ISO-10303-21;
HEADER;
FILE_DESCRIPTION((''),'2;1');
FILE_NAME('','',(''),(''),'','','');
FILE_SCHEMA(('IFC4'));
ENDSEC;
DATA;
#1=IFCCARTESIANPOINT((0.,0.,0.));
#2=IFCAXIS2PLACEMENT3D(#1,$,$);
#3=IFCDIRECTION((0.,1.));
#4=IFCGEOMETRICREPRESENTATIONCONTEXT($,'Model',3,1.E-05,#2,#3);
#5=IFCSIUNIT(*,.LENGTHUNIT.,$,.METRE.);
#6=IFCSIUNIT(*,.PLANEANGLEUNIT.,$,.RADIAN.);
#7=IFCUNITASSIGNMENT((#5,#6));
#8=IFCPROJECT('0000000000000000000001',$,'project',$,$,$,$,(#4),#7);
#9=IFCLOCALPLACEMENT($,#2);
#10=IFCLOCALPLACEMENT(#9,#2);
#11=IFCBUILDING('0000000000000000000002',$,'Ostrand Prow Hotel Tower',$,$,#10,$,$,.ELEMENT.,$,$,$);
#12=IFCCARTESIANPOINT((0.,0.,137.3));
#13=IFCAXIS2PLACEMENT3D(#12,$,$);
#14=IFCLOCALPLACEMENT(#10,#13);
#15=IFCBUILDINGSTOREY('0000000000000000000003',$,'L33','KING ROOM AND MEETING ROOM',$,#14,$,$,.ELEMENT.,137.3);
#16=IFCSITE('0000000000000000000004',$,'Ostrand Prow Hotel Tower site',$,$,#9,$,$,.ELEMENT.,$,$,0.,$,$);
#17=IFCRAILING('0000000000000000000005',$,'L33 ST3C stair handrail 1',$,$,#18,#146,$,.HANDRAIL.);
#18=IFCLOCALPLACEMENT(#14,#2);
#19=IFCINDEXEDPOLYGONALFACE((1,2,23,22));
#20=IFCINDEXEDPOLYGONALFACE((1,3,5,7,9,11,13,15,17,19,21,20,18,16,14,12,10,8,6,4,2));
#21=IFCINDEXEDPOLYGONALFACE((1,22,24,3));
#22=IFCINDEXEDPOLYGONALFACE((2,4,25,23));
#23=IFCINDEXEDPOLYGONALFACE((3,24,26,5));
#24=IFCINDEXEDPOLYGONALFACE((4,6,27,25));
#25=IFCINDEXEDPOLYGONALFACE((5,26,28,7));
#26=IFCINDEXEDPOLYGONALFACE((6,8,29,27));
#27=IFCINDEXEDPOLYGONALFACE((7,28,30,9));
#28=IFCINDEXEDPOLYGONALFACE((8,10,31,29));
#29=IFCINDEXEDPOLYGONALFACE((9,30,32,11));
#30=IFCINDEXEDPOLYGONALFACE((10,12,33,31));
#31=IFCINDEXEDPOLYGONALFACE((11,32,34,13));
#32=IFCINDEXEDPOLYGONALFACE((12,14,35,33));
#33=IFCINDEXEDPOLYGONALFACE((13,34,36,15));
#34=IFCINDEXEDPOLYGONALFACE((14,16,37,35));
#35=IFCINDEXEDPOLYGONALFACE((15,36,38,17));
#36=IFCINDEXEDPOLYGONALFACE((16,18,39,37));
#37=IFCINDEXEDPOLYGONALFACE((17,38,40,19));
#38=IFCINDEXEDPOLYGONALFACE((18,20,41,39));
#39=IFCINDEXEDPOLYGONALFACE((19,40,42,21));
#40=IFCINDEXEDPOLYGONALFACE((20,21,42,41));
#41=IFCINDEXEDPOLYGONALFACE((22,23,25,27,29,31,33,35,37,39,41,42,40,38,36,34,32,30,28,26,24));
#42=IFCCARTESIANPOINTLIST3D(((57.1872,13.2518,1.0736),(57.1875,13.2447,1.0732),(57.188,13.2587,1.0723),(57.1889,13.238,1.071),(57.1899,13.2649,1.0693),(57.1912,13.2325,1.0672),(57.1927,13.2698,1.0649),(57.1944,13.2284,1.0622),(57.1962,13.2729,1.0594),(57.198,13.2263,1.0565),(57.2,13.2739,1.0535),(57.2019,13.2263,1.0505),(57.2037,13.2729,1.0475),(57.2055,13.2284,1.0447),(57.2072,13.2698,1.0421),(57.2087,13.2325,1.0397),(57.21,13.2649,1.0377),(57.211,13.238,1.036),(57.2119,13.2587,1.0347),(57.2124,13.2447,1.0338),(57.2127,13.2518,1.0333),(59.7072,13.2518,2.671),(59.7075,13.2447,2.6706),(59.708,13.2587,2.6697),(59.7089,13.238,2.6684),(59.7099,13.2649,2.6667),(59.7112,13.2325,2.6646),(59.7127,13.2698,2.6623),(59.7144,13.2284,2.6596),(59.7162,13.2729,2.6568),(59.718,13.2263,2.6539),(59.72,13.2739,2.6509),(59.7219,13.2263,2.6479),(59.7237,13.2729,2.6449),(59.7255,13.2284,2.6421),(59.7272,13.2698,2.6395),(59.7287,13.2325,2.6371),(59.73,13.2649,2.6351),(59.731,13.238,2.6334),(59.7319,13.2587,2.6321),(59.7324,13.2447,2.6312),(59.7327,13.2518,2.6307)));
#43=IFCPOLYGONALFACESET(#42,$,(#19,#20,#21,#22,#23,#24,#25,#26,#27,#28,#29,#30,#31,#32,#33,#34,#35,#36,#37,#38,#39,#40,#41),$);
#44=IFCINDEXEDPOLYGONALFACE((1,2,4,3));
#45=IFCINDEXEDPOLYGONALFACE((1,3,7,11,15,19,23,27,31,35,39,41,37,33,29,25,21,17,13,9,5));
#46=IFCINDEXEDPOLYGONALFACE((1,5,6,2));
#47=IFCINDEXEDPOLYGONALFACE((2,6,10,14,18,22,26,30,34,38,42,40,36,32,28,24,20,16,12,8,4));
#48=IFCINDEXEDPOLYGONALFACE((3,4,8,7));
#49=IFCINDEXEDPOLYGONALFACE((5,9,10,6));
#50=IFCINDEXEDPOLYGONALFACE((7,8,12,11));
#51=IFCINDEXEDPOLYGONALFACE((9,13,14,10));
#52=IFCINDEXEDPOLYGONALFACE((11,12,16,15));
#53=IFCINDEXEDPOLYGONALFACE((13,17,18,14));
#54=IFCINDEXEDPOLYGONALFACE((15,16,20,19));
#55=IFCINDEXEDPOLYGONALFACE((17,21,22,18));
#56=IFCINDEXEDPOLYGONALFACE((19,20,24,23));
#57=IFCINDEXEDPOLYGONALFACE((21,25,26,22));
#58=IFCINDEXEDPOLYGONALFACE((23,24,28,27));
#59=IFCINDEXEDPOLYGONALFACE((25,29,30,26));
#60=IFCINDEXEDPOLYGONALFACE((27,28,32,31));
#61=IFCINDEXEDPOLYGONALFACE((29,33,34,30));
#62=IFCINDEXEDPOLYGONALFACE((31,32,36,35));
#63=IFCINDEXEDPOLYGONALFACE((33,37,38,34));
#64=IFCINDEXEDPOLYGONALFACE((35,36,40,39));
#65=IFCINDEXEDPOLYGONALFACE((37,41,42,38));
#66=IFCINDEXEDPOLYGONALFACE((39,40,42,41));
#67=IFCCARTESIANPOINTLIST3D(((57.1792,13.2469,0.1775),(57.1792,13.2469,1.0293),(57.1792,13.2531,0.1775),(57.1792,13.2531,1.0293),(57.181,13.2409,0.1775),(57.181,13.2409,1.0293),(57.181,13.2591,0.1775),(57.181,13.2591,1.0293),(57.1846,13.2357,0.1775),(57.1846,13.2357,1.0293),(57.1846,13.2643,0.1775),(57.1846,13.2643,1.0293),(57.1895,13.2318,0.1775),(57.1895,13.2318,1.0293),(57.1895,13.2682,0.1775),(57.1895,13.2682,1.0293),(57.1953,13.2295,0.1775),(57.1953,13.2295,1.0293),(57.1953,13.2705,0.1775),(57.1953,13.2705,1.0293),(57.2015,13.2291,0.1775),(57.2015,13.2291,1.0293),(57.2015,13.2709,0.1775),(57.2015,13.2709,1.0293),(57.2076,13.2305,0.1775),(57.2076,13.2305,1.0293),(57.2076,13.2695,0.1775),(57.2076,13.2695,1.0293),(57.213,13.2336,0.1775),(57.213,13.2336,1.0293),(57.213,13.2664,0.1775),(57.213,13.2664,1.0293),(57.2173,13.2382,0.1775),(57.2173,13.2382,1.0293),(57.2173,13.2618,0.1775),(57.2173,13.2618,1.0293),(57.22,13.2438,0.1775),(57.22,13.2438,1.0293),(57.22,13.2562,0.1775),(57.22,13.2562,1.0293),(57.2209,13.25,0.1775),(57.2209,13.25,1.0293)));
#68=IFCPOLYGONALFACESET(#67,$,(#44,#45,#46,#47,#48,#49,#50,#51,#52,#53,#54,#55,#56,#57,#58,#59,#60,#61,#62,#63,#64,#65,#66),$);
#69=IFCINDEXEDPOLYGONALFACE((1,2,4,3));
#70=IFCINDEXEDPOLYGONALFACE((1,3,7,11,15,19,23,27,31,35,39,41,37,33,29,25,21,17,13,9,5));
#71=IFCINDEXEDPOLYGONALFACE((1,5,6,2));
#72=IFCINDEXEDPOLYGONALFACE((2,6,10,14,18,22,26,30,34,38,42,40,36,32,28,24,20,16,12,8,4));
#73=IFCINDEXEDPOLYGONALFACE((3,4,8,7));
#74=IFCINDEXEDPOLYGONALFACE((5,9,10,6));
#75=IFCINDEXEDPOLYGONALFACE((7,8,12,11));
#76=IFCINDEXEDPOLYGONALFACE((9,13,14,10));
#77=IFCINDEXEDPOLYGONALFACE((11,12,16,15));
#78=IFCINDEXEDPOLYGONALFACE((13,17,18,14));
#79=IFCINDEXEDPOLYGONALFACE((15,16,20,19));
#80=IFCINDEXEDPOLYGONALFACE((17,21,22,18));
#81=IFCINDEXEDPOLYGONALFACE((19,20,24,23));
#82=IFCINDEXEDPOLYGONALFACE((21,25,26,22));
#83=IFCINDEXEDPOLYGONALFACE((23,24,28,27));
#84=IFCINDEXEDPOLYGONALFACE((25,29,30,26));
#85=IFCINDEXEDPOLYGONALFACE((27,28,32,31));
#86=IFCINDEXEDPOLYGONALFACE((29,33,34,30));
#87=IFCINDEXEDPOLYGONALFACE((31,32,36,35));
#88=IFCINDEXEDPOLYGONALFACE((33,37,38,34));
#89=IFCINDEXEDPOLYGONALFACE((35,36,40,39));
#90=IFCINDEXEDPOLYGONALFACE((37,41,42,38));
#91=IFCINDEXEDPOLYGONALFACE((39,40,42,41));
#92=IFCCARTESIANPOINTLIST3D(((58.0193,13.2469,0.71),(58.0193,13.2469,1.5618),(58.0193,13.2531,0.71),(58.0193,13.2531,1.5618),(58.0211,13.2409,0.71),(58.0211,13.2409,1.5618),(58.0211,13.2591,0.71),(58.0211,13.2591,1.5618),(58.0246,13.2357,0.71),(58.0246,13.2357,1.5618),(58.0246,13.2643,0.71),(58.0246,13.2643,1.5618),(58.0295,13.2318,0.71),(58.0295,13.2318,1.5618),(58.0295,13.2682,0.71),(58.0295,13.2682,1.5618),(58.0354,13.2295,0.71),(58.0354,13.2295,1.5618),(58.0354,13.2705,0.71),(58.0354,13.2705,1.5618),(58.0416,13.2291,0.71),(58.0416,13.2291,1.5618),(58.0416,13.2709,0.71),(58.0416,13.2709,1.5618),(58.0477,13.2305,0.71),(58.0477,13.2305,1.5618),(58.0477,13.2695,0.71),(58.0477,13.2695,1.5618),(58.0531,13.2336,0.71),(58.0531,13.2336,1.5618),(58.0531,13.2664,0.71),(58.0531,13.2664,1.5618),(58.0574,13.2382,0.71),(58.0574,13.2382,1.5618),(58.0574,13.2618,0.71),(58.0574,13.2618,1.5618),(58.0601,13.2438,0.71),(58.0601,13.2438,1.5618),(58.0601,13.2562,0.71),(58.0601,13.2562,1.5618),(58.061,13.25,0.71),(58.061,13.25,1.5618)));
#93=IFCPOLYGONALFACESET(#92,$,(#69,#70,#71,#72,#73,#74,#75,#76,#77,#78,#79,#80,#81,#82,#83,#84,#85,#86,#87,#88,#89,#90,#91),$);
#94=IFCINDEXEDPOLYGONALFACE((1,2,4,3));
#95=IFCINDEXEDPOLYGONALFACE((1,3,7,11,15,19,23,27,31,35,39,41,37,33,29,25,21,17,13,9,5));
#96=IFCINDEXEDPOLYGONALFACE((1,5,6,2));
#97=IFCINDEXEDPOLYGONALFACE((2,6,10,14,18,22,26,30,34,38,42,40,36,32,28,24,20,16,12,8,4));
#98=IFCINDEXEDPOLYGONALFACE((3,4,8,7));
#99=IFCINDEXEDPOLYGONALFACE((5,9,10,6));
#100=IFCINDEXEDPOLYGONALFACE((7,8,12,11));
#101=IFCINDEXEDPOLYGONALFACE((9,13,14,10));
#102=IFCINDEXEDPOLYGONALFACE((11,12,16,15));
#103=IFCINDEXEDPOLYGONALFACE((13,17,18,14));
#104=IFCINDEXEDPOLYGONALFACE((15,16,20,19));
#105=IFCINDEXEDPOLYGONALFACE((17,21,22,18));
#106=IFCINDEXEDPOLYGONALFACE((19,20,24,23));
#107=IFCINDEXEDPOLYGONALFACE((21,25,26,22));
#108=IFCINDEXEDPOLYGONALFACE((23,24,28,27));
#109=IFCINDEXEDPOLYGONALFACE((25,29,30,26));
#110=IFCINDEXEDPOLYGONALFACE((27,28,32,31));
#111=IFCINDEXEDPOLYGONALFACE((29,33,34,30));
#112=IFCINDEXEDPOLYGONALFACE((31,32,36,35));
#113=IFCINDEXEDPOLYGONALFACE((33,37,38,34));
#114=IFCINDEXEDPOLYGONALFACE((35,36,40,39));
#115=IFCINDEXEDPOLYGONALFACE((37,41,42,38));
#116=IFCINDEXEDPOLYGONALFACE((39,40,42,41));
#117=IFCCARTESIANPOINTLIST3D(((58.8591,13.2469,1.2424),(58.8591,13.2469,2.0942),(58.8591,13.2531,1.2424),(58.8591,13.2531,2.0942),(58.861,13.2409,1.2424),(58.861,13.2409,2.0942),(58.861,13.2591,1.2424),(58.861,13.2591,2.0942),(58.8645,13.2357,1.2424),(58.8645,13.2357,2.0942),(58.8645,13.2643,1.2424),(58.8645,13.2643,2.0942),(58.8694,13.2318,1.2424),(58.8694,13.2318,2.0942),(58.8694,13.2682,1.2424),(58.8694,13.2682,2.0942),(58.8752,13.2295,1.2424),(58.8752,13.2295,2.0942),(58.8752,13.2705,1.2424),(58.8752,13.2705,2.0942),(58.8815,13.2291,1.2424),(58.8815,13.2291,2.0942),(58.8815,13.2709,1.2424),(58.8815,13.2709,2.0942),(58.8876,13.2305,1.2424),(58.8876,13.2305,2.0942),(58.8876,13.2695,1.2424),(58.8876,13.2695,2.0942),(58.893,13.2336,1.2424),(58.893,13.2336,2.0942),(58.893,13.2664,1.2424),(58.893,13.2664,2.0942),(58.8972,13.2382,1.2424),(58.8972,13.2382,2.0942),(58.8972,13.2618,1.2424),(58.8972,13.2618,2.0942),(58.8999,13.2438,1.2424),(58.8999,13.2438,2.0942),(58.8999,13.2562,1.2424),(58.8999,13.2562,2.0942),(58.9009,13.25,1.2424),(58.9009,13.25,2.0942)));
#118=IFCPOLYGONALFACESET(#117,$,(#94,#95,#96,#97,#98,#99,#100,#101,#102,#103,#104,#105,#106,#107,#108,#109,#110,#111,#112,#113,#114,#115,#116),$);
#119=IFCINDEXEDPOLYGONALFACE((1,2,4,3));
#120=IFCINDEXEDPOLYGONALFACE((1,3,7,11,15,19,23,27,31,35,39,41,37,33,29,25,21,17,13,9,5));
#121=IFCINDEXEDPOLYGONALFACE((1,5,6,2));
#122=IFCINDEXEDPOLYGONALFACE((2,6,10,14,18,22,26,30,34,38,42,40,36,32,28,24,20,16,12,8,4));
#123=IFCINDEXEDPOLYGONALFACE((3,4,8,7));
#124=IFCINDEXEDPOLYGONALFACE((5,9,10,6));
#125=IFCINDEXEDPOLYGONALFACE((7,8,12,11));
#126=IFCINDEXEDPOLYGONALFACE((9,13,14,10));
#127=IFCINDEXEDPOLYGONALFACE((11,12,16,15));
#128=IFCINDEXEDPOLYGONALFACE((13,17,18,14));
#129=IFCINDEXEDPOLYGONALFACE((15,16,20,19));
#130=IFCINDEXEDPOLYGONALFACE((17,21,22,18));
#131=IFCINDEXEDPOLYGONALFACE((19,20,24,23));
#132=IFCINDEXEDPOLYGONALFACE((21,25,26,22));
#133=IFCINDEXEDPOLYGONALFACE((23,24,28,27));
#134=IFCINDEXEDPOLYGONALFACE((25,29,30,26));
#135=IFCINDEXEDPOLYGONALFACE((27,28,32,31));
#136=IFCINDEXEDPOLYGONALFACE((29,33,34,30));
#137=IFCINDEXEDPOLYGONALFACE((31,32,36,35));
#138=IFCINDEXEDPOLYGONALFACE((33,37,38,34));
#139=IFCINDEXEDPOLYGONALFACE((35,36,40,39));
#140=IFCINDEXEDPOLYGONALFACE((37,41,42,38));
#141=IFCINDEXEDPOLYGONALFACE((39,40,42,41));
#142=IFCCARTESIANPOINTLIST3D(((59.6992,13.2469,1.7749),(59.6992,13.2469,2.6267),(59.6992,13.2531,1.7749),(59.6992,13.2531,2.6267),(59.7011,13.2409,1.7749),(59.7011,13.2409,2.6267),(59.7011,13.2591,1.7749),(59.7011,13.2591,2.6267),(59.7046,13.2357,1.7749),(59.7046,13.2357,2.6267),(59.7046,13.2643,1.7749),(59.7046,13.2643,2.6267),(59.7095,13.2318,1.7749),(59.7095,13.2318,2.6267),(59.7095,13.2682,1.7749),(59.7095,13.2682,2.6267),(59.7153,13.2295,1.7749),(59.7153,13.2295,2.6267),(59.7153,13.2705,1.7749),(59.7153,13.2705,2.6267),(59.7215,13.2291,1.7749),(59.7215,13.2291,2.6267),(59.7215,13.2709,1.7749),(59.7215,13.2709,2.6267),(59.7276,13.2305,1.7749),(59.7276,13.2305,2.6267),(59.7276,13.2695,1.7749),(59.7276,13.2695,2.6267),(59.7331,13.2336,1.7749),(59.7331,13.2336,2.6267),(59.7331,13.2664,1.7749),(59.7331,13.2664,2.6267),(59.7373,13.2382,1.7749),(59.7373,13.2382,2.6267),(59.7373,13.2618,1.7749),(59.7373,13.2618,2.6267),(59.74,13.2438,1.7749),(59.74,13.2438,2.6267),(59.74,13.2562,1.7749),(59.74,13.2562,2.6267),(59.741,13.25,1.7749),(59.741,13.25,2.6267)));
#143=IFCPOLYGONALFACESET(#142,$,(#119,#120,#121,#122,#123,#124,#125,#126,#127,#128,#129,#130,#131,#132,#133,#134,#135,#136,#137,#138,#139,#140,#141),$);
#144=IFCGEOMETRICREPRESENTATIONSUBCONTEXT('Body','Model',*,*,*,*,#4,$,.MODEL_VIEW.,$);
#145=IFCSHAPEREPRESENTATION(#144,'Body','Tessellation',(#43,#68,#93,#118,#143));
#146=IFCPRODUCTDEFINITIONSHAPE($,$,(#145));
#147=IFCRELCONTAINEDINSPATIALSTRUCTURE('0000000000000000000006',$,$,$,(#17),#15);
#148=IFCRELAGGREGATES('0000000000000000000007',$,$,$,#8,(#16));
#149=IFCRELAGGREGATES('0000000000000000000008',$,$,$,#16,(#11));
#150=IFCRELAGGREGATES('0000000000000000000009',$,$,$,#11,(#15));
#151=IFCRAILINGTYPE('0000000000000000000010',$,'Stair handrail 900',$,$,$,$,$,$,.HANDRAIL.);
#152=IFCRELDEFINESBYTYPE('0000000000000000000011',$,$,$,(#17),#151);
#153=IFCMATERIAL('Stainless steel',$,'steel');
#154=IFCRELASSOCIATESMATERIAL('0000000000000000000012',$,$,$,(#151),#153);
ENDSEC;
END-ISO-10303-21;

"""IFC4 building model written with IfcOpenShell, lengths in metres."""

from ifc_helpers import new_model, si_unit, direction, frame, origin, origin_2d, place, context, subcontext, project, spatial, circle, extrude, material, type_object, element, save


model = new_model("IFC4")

# Units and contexts
model_context = context("Model", 3, precision=1e-05, world=origin(), true_north=direction((0.0, 1.0)))
body_context = subcontext(model_context, "Body", "Model", "MODEL_VIEW")
ifc_project = project(units=[si_unit("LENGTHUNIT", "METRE"), si_unit("PLANEANGLEUNIT", "RADIAN")], contexts=[model_context])

# Site, building, storey
site_placement = place(None, origin())
site = spatial("IfcSite", under=ifc_project, at=site_placement, Name="Ostrand Prow Hotel Tower site", CompositionType="ELEMENT", RefElevation=0.0)
building_placement = place(site_placement, origin())
building = spatial("IfcBuilding", under=site, at=building_placement, Name="Ostrand Prow Hotel Tower", CompositionType="ELEMENT")
storey_placement = place(building_placement, frame((0.0, 0.0, 137.3)))
storey = spatial("IfcBuildingStorey", under=building, at=storey_placement, Name="L33", Description="KING ROOM AND MEETING ROOM", CompositionType="ELEMENT", Elevation=137.3)

# Railing
ifc_material_1 = material(Name="Stainless steel", Category="steel")
railing_type_1 = type_object("IfcRailingType", Name="Stair handrail 900", PredefinedType="HANDRAIL", material=ifc_material_1)
railing_1_placement = place(storey_placement, frame((57.2, 13.25, 0.1775)))
element("IfcRailing", 1, at=railing_1_placement, inside=storey, type_object=railing_type_1, Name="L33 ST3C stair handrail 1", PredefinedType="HANDRAIL", context=body_context, shape_type="SweptSolid", body=[
    extrude(circle(Radius=0.0239, at=origin_2d()), frame((0.0, 0.0, 0.876), z_axis=(0.844607, 0.0, 0.535387), x_axis=(0.0, 1.0, 0.0)), (0.0, 0.0, 1.0), 2.9836),
    extrude(circle(Radius=0.021, at=origin_2d()), origin(), (0.0, 0.0, 1.0), 0.8518),
    extrude(circle(Radius=0.021, at=origin_2d()), frame((0.8401, 0.0, 0.5325)), (0.0, 0.0, 1.0), 0.8518),
    extrude(circle(Radius=0.021, at=origin_2d()), frame((1.6799, 0.0, 1.0649)), (0.0, 0.0, 1.0), 0.8518),
    extrude(circle(Radius=0.021, at=origin_2d()), frame((2.52, 0.0, 1.5974)), (0.0, 0.0, 1.0), 0.8518),
])

save(model, "model.ifc")
